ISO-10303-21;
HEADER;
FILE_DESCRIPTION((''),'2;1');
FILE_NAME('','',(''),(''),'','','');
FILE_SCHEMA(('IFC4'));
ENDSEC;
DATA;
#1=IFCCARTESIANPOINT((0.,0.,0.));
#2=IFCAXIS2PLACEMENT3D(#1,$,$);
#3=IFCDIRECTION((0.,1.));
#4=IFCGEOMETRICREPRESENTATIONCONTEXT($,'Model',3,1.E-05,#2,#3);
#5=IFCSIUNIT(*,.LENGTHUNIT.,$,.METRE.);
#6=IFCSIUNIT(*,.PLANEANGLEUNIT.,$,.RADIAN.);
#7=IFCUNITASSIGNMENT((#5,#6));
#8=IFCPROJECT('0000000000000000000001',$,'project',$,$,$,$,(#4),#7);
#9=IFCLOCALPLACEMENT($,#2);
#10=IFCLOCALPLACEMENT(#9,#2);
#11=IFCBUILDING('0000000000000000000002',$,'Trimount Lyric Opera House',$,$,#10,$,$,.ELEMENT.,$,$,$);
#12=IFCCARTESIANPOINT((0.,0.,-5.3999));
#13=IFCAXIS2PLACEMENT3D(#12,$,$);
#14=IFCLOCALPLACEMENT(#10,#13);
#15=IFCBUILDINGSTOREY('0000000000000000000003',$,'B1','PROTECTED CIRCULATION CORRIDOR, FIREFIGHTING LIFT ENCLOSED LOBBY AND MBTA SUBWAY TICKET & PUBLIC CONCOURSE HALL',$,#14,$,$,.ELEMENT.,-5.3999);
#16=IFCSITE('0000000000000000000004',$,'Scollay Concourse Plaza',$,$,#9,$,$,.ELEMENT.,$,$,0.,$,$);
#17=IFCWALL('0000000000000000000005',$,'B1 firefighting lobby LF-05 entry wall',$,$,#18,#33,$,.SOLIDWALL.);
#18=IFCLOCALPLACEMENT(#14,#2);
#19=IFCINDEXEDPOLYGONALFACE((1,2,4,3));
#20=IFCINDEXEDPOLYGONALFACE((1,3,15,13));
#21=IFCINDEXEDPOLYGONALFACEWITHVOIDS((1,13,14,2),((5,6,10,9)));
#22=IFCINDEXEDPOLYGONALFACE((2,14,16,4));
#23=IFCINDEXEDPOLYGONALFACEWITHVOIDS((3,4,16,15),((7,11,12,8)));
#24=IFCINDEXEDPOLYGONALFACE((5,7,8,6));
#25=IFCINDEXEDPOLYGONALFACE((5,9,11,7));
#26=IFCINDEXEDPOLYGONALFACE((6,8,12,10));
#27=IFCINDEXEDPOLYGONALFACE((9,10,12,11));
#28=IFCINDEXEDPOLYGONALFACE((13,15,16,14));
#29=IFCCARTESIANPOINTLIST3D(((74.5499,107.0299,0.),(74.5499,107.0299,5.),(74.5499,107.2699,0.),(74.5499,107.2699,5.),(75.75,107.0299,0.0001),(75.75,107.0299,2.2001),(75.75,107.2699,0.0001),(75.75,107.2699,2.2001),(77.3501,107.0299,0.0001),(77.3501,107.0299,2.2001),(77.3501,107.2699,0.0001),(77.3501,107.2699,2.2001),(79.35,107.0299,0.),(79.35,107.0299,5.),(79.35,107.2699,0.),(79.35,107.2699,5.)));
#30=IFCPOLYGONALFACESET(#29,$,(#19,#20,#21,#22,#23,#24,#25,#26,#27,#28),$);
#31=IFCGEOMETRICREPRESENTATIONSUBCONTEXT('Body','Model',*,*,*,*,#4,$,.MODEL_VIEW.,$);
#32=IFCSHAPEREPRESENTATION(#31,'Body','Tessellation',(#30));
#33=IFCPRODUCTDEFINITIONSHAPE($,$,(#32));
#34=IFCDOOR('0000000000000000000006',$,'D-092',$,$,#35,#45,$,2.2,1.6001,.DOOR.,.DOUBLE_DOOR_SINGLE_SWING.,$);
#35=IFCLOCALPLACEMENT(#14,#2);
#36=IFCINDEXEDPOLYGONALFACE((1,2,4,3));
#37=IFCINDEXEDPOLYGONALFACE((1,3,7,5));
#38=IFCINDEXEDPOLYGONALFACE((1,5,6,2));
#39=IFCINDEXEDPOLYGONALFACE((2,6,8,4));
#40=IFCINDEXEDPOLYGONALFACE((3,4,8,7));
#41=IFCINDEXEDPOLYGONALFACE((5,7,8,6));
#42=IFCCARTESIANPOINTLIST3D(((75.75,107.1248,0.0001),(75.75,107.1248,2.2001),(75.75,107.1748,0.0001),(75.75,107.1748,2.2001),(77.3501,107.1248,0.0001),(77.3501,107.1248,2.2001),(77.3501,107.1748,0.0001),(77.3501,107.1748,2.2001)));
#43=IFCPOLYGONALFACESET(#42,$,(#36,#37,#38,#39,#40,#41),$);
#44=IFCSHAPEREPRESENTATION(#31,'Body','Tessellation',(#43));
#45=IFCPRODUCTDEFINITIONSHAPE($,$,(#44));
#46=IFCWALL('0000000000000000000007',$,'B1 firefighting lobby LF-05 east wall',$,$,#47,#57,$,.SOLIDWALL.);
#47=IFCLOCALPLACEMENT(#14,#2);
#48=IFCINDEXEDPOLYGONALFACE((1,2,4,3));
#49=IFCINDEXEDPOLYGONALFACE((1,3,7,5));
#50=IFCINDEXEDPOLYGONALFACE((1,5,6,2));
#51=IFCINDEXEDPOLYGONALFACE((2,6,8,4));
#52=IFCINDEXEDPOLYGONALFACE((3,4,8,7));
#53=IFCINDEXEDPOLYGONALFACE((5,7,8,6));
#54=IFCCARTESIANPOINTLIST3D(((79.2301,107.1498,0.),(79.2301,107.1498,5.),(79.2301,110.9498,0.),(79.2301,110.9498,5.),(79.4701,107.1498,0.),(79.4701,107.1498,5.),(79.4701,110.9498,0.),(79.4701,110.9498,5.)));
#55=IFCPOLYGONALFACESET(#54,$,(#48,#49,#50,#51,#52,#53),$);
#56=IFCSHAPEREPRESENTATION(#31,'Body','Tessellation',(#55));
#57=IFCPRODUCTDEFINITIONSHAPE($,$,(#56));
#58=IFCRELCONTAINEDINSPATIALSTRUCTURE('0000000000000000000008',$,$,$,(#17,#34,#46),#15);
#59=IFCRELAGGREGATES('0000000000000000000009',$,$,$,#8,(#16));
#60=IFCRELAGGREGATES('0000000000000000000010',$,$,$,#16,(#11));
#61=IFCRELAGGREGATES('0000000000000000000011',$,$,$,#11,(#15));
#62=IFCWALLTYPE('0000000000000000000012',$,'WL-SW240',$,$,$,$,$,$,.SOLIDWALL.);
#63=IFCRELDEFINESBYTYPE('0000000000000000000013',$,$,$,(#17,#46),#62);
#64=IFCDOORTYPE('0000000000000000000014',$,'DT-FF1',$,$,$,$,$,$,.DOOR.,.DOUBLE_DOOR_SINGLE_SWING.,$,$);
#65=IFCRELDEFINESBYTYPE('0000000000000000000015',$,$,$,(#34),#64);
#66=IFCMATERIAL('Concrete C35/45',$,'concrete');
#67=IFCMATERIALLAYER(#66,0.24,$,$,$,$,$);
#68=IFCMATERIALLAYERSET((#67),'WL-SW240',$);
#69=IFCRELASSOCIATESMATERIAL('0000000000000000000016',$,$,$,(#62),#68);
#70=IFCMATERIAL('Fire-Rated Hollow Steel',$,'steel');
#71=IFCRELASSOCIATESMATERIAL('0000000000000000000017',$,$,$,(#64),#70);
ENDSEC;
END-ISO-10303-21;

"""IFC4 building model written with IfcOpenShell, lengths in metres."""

from ifc_helpers import new_model, si_unit, direction, frame, frame_2d, origin, place, context, subcontext, project, spatial, rectangle, extrude, material, layer, layer_set, type_object, element, fill, save


model = new_model("IFC4")

# Units and contexts
model_context = context("Model", 3, precision=1e-05, world=origin(), true_north=direction((0.0, 1.0)))
body_context = subcontext(model_context, "Body", "Model", "MODEL_VIEW")
ifc_project = project(units=[si_unit("LENGTHUNIT", "METRE"), si_unit("PLANEANGLEUNIT", "RADIAN")], contexts=[model_context])

# Site, building, storey
site_placement = place(None, origin())
site = spatial("IfcSite", under=ifc_project, at=site_placement, Name="Scollay Concourse Plaza", CompositionType="ELEMENT", RefElevation=0.0)
building_placement = place(site_placement, origin())
building = spatial("IfcBuilding", under=site, at=building_placement, Name="Trimount Lyric Opera House", CompositionType="ELEMENT")
storey_placement = place(building_placement, frame((0.0, 0.0, -5.3999)))
storey = spatial("IfcBuildingStorey", under=building, at=storey_placement, Name="B1", Description="PROTECTED CIRCULATION CORRIDOR, FIREFIGHTING LIFT ENCLOSED LOBBY AND MBTA SUBWAY TICKET & PUBLIC CONCOURSE HALL", CompositionType="ELEMENT", Elevation=-5.3999)

# Wall, opening, door
ifc_material_1 = material(Name="Concrete C35/45", Category="concrete")
ifc_layer_1 = layer(ifc_material_1, 0.24)
ifc_layer_set_1 = layer_set([ifc_layer_1], Name="WL-SW240")
wall_type_1 = type_object("IfcWallType", Name="WL-SW240", PredefinedType="SOLIDWALL", material=ifc_layer_set_1)
wall_1_placement = place(storey_placement, frame((74.55, 107.1499, 0.0), z_axis=(0.0, 0.0, 1.0), x_axis=(1.0, 0.0, 0.0)))
wall_1 = element("IfcWall", 1, at=wall_1_placement, inside=storey, type_object=wall_type_1, Name="B1 firefighting lobby LF-05 entry wall", PredefinedType="SOLIDWALL", context=body_context, shape_type="SweptSolid", body=[
    extrude(rectangle(XDim=4.8, YDim=0.24, at=frame_2d((2.3999, 0.0))), origin(), (0.0, 0.0, 1.0), 5.0),
])
opening_1_placement = place(wall_1_placement, frame((1.2, 0.0, 0.0)))
opening_1 = element("IfcOpeningElement", 2, at=opening_1_placement, cuts=wall_1, PredefinedType="OPENING", context=body_context, shape_type="SweptSolid", body=[
    extrude(rectangle(XDim=1.6001, YDim=2.2, at=frame_2d((0.8, 1.1001))), frame((0.0, 0.1299, 0.0), z_axis=(0.0, -1.0, 0.0), x_axis=(1.0, 0.0, 0.0)), (0.0, 0.0, 1.0), 0.26),
])
ifc_material_2 = material(Name="Fire-Rated Hollow Steel", Category="steel")
door_type_1 = type_object("IfcDoorType", Name="DT-FF1", OperationType="DOUBLE_DOOR_SINGLE_SWING", PredefinedType="DOOR", material=ifc_material_2)
door_1_placement = place(opening_1_placement, origin())
door_1 = element("IfcDoor", 3, at=door_1_placement, inside=storey, type_object=door_type_1, Name="D-092", OperationType="DOUBLE_DOOR_SINGLE_SWING", OverallHeight=2.2, OverallWidth=1.6001, PredefinedType="DOOR", context=body_context, shape_type="SweptSolid", body=[
    extrude(rectangle(XDim=1.6001, YDim=2.2, at=frame_2d((0.8, 1.1001))), frame((0.0, 0.0249, 0.0), z_axis=(0.0, -1.0, 0.0), x_axis=(1.0, 0.0, 0.0)), (0.0, 0.0, 1.0), 0.05),
])
fill(opening_1, door_1)

# Wall
wall_2_placement = place(storey_placement, frame((79.3501, 107.1499, 0.0), z_axis=(0.0, 0.0, 1.0), x_axis=(0.0, 1.0, 0.0)))
element("IfcWall", 4, at=wall_2_placement, inside=storey, type_object=wall_type_1, Name="B1 firefighting lobby LF-05 east wall", PredefinedType="SOLIDWALL", context=body_context, shape_type="SweptSolid", body=[
    extrude(rectangle(XDim=3.8, YDim=0.24, at=frame_2d((1.8999, 0.0))), origin(), (0.0, 0.0, 1.0), 5.0),
])

save(model, "model.ifc")
